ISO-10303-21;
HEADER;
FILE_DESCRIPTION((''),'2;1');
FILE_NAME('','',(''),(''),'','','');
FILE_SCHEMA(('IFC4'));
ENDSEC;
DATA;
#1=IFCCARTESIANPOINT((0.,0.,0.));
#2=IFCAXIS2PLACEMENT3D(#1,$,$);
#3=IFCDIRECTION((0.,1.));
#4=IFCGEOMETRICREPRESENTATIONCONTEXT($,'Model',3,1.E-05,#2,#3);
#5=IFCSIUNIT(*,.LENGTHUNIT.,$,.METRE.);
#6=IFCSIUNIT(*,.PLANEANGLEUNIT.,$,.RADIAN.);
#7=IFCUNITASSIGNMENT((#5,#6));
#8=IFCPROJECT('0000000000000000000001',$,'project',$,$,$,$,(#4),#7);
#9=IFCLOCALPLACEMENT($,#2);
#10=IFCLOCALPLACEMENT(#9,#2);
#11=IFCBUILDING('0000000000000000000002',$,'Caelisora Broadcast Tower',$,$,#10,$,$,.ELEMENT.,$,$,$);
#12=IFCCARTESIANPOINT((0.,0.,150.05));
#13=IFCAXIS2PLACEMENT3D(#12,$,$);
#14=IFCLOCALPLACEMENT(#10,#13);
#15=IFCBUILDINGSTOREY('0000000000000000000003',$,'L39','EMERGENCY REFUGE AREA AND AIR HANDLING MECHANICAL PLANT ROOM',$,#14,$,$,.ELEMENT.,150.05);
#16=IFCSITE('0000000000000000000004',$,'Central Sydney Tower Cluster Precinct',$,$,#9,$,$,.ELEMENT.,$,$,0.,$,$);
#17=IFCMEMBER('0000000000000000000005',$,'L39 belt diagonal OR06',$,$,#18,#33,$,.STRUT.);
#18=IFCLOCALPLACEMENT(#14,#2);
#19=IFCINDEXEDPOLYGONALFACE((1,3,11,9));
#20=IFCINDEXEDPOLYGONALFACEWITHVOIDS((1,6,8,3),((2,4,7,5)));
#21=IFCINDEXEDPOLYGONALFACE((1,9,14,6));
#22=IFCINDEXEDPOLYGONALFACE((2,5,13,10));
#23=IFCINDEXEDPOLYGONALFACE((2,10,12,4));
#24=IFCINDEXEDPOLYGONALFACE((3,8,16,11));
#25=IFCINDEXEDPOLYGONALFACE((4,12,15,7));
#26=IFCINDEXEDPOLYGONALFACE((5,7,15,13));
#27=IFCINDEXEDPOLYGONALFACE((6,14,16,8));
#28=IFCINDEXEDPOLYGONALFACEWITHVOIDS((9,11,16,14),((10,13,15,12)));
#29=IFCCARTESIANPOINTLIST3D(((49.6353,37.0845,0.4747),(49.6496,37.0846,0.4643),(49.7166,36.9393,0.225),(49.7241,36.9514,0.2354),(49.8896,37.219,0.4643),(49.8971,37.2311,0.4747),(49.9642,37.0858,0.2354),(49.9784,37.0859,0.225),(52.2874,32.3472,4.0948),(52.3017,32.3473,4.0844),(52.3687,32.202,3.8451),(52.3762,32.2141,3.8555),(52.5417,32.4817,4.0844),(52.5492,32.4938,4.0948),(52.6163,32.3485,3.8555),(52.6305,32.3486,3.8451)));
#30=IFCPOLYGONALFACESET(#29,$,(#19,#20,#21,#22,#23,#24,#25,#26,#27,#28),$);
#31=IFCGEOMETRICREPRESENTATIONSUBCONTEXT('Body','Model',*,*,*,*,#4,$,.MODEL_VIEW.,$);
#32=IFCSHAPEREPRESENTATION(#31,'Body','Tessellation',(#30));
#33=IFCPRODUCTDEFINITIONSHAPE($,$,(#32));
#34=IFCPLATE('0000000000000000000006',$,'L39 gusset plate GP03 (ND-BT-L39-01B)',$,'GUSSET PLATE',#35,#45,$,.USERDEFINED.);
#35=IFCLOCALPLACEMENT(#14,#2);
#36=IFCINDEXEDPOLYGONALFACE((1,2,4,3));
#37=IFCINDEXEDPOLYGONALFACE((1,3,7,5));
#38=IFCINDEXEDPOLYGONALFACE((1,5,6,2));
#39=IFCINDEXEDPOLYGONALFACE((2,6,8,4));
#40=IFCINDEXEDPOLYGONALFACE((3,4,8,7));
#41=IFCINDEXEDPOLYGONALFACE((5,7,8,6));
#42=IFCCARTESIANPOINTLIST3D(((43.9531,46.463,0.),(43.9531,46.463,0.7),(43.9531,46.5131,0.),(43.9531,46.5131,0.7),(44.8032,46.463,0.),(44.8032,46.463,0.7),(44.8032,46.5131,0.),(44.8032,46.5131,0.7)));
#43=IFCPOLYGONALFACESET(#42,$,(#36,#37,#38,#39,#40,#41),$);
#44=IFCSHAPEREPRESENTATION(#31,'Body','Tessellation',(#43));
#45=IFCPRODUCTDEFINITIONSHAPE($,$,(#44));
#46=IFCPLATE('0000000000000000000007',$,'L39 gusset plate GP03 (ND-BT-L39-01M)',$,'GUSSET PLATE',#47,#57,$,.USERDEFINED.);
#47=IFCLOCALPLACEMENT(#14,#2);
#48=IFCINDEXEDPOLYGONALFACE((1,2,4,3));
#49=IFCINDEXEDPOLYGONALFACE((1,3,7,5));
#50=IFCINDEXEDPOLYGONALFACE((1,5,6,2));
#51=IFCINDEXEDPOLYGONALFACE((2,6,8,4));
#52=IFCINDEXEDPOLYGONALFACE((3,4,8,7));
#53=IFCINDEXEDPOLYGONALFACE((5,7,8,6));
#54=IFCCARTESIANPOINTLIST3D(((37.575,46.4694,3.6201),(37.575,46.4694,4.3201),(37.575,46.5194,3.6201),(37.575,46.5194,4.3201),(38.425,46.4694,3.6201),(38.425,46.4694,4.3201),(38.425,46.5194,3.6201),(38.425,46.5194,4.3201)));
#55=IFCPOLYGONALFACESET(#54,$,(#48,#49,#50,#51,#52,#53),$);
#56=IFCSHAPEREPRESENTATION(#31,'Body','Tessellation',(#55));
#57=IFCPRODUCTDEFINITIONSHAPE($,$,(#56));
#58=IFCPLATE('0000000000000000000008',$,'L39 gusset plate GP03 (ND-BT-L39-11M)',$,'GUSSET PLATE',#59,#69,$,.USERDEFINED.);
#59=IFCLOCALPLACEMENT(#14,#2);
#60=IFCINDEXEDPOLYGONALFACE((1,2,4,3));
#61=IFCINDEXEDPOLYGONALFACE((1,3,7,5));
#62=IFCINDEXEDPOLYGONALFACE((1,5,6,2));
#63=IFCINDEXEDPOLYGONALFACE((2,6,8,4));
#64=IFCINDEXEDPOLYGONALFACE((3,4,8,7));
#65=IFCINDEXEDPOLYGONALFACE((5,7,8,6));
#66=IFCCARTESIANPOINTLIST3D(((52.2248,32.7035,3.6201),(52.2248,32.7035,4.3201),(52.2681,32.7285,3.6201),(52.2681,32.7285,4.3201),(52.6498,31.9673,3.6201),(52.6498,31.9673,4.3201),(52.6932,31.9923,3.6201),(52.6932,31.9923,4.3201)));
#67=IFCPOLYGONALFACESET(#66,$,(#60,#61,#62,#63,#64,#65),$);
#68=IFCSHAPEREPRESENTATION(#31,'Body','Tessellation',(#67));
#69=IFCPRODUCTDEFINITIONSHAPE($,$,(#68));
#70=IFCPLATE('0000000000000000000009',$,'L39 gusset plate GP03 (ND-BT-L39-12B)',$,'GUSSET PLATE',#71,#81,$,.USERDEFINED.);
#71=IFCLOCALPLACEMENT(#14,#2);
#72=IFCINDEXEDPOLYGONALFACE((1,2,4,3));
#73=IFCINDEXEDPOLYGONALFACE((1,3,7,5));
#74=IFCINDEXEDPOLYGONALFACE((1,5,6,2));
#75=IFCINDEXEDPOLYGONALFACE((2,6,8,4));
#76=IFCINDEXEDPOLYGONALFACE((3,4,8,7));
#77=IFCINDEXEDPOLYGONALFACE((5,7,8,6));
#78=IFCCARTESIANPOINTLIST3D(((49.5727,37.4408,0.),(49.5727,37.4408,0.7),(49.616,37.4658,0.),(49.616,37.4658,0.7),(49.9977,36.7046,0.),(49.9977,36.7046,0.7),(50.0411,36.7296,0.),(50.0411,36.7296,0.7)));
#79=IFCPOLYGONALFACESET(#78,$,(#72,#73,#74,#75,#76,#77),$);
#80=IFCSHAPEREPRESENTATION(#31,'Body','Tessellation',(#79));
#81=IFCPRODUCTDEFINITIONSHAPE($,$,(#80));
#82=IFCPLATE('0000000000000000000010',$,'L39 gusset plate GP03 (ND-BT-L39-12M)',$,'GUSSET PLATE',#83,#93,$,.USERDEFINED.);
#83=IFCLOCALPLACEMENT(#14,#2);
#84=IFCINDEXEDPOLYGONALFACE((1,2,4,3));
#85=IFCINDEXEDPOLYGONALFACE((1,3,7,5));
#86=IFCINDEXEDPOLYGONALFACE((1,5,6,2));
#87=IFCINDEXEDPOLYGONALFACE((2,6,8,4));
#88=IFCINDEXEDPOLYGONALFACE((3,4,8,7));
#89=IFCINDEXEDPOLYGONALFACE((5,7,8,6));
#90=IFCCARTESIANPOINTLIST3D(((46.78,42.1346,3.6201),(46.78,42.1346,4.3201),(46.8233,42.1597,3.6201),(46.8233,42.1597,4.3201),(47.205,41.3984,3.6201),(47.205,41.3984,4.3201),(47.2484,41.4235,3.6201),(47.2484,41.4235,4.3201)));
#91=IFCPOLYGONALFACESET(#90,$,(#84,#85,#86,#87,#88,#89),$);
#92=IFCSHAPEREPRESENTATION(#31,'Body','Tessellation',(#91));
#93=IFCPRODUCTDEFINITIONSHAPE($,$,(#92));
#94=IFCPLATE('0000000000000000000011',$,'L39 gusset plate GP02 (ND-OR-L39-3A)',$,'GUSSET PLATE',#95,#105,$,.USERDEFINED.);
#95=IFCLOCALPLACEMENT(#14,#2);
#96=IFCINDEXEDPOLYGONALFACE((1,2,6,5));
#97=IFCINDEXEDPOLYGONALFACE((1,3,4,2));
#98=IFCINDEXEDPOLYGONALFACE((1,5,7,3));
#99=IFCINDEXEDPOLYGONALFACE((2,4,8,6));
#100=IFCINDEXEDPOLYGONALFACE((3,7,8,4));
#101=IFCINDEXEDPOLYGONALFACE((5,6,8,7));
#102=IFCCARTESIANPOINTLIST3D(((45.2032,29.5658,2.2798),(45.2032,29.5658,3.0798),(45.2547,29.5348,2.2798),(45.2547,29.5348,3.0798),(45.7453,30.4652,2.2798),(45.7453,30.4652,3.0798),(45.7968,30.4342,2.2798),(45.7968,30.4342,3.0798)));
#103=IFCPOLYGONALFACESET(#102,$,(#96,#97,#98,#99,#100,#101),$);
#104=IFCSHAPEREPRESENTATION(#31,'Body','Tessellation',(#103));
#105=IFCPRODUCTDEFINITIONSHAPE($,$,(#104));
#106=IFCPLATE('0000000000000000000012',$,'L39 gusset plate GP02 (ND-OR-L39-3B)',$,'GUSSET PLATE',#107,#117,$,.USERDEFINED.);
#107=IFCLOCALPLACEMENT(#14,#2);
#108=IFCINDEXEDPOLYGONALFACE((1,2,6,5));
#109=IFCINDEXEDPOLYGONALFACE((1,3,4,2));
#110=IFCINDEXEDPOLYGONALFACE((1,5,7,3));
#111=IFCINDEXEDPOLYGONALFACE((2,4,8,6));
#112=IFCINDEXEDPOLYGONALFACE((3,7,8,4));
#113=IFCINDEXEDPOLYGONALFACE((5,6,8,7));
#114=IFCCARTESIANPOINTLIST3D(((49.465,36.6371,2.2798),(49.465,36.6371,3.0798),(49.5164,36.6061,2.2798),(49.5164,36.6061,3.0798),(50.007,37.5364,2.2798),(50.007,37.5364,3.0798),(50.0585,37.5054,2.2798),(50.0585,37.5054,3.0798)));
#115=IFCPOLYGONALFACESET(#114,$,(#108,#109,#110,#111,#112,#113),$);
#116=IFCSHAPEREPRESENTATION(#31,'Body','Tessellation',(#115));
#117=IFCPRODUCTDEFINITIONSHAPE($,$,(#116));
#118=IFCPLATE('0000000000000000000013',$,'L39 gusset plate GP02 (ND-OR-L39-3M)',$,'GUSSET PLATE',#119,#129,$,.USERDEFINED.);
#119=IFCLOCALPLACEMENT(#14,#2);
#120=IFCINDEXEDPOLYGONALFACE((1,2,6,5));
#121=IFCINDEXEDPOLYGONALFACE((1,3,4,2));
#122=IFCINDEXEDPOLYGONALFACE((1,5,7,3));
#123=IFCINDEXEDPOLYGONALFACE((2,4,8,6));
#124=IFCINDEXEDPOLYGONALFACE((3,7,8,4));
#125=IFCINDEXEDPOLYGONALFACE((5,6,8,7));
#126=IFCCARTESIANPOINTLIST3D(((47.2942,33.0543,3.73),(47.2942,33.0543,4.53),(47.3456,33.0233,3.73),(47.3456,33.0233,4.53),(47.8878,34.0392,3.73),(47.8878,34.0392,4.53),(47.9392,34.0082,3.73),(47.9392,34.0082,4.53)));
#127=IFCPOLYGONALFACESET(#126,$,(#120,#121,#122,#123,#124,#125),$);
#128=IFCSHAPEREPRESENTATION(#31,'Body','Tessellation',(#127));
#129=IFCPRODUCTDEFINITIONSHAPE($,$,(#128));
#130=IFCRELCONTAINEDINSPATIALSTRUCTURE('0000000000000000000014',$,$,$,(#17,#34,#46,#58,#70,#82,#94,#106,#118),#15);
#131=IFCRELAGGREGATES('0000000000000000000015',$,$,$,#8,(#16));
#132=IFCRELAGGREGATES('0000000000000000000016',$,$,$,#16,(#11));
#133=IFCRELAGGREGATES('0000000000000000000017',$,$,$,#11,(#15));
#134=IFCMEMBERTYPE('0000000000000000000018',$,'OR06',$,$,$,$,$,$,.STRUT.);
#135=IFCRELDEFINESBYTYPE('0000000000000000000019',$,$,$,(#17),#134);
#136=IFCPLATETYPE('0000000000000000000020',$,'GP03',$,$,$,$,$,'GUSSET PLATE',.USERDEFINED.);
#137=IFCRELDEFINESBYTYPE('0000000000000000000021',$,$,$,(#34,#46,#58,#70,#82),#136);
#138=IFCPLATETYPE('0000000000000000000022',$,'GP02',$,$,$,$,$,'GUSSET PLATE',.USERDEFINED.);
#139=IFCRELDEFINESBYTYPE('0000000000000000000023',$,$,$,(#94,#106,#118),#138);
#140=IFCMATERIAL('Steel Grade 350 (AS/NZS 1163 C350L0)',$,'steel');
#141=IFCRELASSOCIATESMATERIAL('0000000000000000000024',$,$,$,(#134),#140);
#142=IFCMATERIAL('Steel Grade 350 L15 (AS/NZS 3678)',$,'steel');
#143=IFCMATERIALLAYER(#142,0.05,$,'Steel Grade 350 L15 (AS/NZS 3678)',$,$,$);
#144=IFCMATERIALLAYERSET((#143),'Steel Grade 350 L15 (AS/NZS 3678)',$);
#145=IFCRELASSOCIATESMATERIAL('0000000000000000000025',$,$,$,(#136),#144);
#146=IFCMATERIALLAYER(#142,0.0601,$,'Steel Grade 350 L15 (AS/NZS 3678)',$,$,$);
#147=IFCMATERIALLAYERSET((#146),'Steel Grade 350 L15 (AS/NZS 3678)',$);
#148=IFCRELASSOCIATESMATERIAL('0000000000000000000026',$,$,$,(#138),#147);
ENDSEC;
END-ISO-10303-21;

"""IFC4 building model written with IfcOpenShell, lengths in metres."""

from ifc_helpers import new_model, si_unit, direction, frame, origin, origin_2d, place, context, subcontext, project, spatial, rectangle, hollow_rectangle, extrude, source, transform, mapped, material, layer, layer_set, material_profile, profile_set, type_object, type_shapes, element, save


model = new_model("IFC4")

# Units and contexts
model_context = context("Model", 3, precision=1e-05, world=origin(), true_north=direction((0.0, 1.0)))
body_context = subcontext(model_context, "Body", "Model", "MODEL_VIEW")
ifc_project = project(units=[si_unit("LENGTHUNIT", "METRE"), si_unit("PLANEANGLEUNIT", "RADIAN")], contexts=[model_context])

# Site, building, storey
site_placement = place(None, origin())
site = spatial("IfcSite", under=ifc_project, at=site_placement, Name="Central Sydney Tower Cluster Precinct", CompositionType="ELEMENT", RefElevation=0.0)
building_placement = place(site_placement, origin())
building = spatial("IfcBuilding", under=site, at=building_placement, Name="Caelisora Broadcast Tower", CompositionType="ELEMENT")
storey_placement = place(building_placement, frame((0.0, 0.0, 150.05)))
storey = spatial("IfcBuildingStorey", under=building, at=storey_placement, Name="L39", Description="EMERGENCY REFUGE AREA AND AIR HANDLING MECHANICAL PLANT ROOM", CompositionType="ELEMENT", Elevation=150.05)

# Shared definitions
ifc_material_1 = material(Name="Steel Grade 350 L15 (AS/NZS 3678)", Category="steel")

# Shared definitions
ifc_material_2 = material(Name="Steel Grade 350 (AS/NZS 1163 C350L0)", Category="steel")

# Member
ifc_material_profile_1 = material_profile(ifc_material_2, hollow_rectangle(XDim=0.3, YDim=0.3, WallThickness=0.0125, at=origin_2d()), Name="Steel Grade 350 (AS/NZS 1163 C350L0)")
ifc_profile_set_1 = profile_set([ifc_material_profile_1], Name="Steel Grade 350 (AS/NZS 1163 C350L0)")
member_type_1 = type_object("IfcMemberType", Name="OR06", PredefinedType="STRUT", material=ifc_profile_set_1)
shared_shape_1 = source(origin(), body_context, "Body", "SweptSolid", [
    extrude(hollow_rectangle(XDim=0.3, YDim=0.3, WallThickness=0.0125, at=origin_2d()), origin(), (0.0, 0.0, 1.0), 6.5254),
])
member_1_placement = place(storey_placement, frame((49.8069, 37.0852, 0.3499), z_axis=(0.406427, -0.725978, 0.554773), x_axis=(0.872568, 0.488492, 0.0)))
element("IfcMember", 1, at=member_1_placement, inside=storey, type_object=member_type_1, Name="L39 belt diagonal OR06", PredefinedType="STRUT", context=body_context, shape_type="MappedRepresentation", body=[
    mapped(shared_shape_1, transform((0.0, 0.0, 0.0), scale=1.0)),
])

# Plates
ifc_layer_1 = layer(ifc_material_1, 0.05, Name="Steel Grade 350 L15 (AS/NZS 3678)")
ifc_layer_set_1 = layer_set([ifc_layer_1], Name="Steel Grade 350 L15 (AS/NZS 3678)")
plate_type_1 = type_object("IfcPlateType", Name="GP03", ElementType="GUSSET PLATE", PredefinedType="USERDEFINED", material=ifc_layer_set_1)
shared_shape_2 = source(origin(), body_context, "Body", "SweptSolid", [
    extrude(rectangle(XDim=0.8501, YDim=0.05, at=origin_2d()), origin(), (0.0, 0.0, 1.0), 0.7),
])
type_shapes(plate_type_1, [shared_shape_2])
for number, where, z_axis, x_axis, name in (
    (2, (44.3782, 46.488, 0.0), (0.0, 0.0, 1.0), (-1.0, 0.0, 0.0), "L39 gusset plate GP03 (ND-BT-L39-01B)"),
    (3, (38.0, 46.4944, 3.6201), (0.0, 0.0, 1.0), (-1.0, 0.0, 0.0), "L39 gusset plate GP03 (ND-BT-L39-01M)"),
    (4, (52.459, 32.3479, 3.6201), (0.0, 0.0, 1.0), (-0.5, 0.866025, 0.0), "L39 gusset plate GP03 (ND-BT-L39-11M)"),
    (5, (49.8069, 37.0852, 0.0), (0.0, 0.0, 1.0), (-0.5, 0.866025, 0.0), "L39 gusset plate GP03 (ND-BT-L39-12B)"),
    (6, (47.0142, 41.7791, 3.6201), (0.0, 0.0, 1.0), (-0.5, 0.866025, 0.0), "L39 gusset plate GP03 (ND-BT-L39-12M)"),
):
    element("IfcPlate", number, at=place(storey_placement, frame(where, z_axis=z_axis, x_axis=x_axis)), inside=storey, type_object=plate_type_1, Name=name, ObjectType="GUSSET PLATE", PredefinedType="USERDEFINED", context=body_context, shape_type="MappedRepresentation", body=[
        mapped(shared_shape_2, transform((0.0, 0.0, 0.0), scale=1.0)),
    ])
ifc_layer_2 = layer(ifc_material_1, 0.0601, Name="Steel Grade 350 L15 (AS/NZS 3678)")
ifc_layer_set_2 = layer_set([ifc_layer_2], Name="Steel Grade 350 L15 (AS/NZS 3678)")
plate_type_2 = type_object("IfcPlateType", Name="GP02", ElementType="GUSSET PLATE", PredefinedType="USERDEFINED", material=ifc_layer_set_2)
shared_shape_3 = source(origin(), body_context, "Body", "SweptSolid", [
    extrude(rectangle(XDim=1.05, YDim=0.0601, at=origin_2d()), origin(), (0.0, 0.0, 1.0), 0.8),
])
for number, where, z_axis, x_axis, name in (
    (7, (45.5, 30.0, 2.2798), (0.0, 0.0, 1.0), (0.516234, 0.856447, 0.0), "L39 gusset plate GP02 (ND-OR-L39-3A)"),
    (8, (49.7617, 37.0713, 2.2798), (0.0, 0.0, 1.0), (0.516234, 0.856447, 0.0), "L39 gusset plate GP02 (ND-OR-L39-3B)"),
):
    element("IfcPlate", number, at=place(storey_placement, frame(where, z_axis=z_axis, x_axis=x_axis)), inside=storey, type_object=plate_type_2, Name=name, ObjectType="GUSSET PLATE", PredefinedType="USERDEFINED", context=body_context, shape_type="MappedRepresentation", body=[
        mapped(shared_shape_3, transform((0.0, 0.0, 0.0), scale=1.0)),
    ])
shared_shape_4 = source(origin(), body_context, "Body", "SweptSolid", [
    extrude(rectangle(XDim=1.1499, YDim=0.0601, at=origin_2d()), origin(), (0.0, 0.0, 1.0), 0.8),
])
type_shapes(plate_type_2, [shared_shape_3, shared_shape_4])
plate_placement = place(storey_placement, frame((47.6167, 33.5312, 3.73), z_axis=(0.0, 0.0, 1.0), x_axis=(0.516234, 0.856447, 0.0)))
element("IfcPlate", 9, at=plate_placement, inside=storey, type_object=plate_type_2, Name="L39 gusset plate GP02 (ND-OR-L39-3M)", ObjectType="GUSSET PLATE", PredefinedType="USERDEFINED", context=body_context, shape_type="MappedRepresentation", body=[
    mapped(shared_shape_4, transform((0.0, 0.0, 0.0), scale=1.0)),
])

save(model, "model.ifc")
